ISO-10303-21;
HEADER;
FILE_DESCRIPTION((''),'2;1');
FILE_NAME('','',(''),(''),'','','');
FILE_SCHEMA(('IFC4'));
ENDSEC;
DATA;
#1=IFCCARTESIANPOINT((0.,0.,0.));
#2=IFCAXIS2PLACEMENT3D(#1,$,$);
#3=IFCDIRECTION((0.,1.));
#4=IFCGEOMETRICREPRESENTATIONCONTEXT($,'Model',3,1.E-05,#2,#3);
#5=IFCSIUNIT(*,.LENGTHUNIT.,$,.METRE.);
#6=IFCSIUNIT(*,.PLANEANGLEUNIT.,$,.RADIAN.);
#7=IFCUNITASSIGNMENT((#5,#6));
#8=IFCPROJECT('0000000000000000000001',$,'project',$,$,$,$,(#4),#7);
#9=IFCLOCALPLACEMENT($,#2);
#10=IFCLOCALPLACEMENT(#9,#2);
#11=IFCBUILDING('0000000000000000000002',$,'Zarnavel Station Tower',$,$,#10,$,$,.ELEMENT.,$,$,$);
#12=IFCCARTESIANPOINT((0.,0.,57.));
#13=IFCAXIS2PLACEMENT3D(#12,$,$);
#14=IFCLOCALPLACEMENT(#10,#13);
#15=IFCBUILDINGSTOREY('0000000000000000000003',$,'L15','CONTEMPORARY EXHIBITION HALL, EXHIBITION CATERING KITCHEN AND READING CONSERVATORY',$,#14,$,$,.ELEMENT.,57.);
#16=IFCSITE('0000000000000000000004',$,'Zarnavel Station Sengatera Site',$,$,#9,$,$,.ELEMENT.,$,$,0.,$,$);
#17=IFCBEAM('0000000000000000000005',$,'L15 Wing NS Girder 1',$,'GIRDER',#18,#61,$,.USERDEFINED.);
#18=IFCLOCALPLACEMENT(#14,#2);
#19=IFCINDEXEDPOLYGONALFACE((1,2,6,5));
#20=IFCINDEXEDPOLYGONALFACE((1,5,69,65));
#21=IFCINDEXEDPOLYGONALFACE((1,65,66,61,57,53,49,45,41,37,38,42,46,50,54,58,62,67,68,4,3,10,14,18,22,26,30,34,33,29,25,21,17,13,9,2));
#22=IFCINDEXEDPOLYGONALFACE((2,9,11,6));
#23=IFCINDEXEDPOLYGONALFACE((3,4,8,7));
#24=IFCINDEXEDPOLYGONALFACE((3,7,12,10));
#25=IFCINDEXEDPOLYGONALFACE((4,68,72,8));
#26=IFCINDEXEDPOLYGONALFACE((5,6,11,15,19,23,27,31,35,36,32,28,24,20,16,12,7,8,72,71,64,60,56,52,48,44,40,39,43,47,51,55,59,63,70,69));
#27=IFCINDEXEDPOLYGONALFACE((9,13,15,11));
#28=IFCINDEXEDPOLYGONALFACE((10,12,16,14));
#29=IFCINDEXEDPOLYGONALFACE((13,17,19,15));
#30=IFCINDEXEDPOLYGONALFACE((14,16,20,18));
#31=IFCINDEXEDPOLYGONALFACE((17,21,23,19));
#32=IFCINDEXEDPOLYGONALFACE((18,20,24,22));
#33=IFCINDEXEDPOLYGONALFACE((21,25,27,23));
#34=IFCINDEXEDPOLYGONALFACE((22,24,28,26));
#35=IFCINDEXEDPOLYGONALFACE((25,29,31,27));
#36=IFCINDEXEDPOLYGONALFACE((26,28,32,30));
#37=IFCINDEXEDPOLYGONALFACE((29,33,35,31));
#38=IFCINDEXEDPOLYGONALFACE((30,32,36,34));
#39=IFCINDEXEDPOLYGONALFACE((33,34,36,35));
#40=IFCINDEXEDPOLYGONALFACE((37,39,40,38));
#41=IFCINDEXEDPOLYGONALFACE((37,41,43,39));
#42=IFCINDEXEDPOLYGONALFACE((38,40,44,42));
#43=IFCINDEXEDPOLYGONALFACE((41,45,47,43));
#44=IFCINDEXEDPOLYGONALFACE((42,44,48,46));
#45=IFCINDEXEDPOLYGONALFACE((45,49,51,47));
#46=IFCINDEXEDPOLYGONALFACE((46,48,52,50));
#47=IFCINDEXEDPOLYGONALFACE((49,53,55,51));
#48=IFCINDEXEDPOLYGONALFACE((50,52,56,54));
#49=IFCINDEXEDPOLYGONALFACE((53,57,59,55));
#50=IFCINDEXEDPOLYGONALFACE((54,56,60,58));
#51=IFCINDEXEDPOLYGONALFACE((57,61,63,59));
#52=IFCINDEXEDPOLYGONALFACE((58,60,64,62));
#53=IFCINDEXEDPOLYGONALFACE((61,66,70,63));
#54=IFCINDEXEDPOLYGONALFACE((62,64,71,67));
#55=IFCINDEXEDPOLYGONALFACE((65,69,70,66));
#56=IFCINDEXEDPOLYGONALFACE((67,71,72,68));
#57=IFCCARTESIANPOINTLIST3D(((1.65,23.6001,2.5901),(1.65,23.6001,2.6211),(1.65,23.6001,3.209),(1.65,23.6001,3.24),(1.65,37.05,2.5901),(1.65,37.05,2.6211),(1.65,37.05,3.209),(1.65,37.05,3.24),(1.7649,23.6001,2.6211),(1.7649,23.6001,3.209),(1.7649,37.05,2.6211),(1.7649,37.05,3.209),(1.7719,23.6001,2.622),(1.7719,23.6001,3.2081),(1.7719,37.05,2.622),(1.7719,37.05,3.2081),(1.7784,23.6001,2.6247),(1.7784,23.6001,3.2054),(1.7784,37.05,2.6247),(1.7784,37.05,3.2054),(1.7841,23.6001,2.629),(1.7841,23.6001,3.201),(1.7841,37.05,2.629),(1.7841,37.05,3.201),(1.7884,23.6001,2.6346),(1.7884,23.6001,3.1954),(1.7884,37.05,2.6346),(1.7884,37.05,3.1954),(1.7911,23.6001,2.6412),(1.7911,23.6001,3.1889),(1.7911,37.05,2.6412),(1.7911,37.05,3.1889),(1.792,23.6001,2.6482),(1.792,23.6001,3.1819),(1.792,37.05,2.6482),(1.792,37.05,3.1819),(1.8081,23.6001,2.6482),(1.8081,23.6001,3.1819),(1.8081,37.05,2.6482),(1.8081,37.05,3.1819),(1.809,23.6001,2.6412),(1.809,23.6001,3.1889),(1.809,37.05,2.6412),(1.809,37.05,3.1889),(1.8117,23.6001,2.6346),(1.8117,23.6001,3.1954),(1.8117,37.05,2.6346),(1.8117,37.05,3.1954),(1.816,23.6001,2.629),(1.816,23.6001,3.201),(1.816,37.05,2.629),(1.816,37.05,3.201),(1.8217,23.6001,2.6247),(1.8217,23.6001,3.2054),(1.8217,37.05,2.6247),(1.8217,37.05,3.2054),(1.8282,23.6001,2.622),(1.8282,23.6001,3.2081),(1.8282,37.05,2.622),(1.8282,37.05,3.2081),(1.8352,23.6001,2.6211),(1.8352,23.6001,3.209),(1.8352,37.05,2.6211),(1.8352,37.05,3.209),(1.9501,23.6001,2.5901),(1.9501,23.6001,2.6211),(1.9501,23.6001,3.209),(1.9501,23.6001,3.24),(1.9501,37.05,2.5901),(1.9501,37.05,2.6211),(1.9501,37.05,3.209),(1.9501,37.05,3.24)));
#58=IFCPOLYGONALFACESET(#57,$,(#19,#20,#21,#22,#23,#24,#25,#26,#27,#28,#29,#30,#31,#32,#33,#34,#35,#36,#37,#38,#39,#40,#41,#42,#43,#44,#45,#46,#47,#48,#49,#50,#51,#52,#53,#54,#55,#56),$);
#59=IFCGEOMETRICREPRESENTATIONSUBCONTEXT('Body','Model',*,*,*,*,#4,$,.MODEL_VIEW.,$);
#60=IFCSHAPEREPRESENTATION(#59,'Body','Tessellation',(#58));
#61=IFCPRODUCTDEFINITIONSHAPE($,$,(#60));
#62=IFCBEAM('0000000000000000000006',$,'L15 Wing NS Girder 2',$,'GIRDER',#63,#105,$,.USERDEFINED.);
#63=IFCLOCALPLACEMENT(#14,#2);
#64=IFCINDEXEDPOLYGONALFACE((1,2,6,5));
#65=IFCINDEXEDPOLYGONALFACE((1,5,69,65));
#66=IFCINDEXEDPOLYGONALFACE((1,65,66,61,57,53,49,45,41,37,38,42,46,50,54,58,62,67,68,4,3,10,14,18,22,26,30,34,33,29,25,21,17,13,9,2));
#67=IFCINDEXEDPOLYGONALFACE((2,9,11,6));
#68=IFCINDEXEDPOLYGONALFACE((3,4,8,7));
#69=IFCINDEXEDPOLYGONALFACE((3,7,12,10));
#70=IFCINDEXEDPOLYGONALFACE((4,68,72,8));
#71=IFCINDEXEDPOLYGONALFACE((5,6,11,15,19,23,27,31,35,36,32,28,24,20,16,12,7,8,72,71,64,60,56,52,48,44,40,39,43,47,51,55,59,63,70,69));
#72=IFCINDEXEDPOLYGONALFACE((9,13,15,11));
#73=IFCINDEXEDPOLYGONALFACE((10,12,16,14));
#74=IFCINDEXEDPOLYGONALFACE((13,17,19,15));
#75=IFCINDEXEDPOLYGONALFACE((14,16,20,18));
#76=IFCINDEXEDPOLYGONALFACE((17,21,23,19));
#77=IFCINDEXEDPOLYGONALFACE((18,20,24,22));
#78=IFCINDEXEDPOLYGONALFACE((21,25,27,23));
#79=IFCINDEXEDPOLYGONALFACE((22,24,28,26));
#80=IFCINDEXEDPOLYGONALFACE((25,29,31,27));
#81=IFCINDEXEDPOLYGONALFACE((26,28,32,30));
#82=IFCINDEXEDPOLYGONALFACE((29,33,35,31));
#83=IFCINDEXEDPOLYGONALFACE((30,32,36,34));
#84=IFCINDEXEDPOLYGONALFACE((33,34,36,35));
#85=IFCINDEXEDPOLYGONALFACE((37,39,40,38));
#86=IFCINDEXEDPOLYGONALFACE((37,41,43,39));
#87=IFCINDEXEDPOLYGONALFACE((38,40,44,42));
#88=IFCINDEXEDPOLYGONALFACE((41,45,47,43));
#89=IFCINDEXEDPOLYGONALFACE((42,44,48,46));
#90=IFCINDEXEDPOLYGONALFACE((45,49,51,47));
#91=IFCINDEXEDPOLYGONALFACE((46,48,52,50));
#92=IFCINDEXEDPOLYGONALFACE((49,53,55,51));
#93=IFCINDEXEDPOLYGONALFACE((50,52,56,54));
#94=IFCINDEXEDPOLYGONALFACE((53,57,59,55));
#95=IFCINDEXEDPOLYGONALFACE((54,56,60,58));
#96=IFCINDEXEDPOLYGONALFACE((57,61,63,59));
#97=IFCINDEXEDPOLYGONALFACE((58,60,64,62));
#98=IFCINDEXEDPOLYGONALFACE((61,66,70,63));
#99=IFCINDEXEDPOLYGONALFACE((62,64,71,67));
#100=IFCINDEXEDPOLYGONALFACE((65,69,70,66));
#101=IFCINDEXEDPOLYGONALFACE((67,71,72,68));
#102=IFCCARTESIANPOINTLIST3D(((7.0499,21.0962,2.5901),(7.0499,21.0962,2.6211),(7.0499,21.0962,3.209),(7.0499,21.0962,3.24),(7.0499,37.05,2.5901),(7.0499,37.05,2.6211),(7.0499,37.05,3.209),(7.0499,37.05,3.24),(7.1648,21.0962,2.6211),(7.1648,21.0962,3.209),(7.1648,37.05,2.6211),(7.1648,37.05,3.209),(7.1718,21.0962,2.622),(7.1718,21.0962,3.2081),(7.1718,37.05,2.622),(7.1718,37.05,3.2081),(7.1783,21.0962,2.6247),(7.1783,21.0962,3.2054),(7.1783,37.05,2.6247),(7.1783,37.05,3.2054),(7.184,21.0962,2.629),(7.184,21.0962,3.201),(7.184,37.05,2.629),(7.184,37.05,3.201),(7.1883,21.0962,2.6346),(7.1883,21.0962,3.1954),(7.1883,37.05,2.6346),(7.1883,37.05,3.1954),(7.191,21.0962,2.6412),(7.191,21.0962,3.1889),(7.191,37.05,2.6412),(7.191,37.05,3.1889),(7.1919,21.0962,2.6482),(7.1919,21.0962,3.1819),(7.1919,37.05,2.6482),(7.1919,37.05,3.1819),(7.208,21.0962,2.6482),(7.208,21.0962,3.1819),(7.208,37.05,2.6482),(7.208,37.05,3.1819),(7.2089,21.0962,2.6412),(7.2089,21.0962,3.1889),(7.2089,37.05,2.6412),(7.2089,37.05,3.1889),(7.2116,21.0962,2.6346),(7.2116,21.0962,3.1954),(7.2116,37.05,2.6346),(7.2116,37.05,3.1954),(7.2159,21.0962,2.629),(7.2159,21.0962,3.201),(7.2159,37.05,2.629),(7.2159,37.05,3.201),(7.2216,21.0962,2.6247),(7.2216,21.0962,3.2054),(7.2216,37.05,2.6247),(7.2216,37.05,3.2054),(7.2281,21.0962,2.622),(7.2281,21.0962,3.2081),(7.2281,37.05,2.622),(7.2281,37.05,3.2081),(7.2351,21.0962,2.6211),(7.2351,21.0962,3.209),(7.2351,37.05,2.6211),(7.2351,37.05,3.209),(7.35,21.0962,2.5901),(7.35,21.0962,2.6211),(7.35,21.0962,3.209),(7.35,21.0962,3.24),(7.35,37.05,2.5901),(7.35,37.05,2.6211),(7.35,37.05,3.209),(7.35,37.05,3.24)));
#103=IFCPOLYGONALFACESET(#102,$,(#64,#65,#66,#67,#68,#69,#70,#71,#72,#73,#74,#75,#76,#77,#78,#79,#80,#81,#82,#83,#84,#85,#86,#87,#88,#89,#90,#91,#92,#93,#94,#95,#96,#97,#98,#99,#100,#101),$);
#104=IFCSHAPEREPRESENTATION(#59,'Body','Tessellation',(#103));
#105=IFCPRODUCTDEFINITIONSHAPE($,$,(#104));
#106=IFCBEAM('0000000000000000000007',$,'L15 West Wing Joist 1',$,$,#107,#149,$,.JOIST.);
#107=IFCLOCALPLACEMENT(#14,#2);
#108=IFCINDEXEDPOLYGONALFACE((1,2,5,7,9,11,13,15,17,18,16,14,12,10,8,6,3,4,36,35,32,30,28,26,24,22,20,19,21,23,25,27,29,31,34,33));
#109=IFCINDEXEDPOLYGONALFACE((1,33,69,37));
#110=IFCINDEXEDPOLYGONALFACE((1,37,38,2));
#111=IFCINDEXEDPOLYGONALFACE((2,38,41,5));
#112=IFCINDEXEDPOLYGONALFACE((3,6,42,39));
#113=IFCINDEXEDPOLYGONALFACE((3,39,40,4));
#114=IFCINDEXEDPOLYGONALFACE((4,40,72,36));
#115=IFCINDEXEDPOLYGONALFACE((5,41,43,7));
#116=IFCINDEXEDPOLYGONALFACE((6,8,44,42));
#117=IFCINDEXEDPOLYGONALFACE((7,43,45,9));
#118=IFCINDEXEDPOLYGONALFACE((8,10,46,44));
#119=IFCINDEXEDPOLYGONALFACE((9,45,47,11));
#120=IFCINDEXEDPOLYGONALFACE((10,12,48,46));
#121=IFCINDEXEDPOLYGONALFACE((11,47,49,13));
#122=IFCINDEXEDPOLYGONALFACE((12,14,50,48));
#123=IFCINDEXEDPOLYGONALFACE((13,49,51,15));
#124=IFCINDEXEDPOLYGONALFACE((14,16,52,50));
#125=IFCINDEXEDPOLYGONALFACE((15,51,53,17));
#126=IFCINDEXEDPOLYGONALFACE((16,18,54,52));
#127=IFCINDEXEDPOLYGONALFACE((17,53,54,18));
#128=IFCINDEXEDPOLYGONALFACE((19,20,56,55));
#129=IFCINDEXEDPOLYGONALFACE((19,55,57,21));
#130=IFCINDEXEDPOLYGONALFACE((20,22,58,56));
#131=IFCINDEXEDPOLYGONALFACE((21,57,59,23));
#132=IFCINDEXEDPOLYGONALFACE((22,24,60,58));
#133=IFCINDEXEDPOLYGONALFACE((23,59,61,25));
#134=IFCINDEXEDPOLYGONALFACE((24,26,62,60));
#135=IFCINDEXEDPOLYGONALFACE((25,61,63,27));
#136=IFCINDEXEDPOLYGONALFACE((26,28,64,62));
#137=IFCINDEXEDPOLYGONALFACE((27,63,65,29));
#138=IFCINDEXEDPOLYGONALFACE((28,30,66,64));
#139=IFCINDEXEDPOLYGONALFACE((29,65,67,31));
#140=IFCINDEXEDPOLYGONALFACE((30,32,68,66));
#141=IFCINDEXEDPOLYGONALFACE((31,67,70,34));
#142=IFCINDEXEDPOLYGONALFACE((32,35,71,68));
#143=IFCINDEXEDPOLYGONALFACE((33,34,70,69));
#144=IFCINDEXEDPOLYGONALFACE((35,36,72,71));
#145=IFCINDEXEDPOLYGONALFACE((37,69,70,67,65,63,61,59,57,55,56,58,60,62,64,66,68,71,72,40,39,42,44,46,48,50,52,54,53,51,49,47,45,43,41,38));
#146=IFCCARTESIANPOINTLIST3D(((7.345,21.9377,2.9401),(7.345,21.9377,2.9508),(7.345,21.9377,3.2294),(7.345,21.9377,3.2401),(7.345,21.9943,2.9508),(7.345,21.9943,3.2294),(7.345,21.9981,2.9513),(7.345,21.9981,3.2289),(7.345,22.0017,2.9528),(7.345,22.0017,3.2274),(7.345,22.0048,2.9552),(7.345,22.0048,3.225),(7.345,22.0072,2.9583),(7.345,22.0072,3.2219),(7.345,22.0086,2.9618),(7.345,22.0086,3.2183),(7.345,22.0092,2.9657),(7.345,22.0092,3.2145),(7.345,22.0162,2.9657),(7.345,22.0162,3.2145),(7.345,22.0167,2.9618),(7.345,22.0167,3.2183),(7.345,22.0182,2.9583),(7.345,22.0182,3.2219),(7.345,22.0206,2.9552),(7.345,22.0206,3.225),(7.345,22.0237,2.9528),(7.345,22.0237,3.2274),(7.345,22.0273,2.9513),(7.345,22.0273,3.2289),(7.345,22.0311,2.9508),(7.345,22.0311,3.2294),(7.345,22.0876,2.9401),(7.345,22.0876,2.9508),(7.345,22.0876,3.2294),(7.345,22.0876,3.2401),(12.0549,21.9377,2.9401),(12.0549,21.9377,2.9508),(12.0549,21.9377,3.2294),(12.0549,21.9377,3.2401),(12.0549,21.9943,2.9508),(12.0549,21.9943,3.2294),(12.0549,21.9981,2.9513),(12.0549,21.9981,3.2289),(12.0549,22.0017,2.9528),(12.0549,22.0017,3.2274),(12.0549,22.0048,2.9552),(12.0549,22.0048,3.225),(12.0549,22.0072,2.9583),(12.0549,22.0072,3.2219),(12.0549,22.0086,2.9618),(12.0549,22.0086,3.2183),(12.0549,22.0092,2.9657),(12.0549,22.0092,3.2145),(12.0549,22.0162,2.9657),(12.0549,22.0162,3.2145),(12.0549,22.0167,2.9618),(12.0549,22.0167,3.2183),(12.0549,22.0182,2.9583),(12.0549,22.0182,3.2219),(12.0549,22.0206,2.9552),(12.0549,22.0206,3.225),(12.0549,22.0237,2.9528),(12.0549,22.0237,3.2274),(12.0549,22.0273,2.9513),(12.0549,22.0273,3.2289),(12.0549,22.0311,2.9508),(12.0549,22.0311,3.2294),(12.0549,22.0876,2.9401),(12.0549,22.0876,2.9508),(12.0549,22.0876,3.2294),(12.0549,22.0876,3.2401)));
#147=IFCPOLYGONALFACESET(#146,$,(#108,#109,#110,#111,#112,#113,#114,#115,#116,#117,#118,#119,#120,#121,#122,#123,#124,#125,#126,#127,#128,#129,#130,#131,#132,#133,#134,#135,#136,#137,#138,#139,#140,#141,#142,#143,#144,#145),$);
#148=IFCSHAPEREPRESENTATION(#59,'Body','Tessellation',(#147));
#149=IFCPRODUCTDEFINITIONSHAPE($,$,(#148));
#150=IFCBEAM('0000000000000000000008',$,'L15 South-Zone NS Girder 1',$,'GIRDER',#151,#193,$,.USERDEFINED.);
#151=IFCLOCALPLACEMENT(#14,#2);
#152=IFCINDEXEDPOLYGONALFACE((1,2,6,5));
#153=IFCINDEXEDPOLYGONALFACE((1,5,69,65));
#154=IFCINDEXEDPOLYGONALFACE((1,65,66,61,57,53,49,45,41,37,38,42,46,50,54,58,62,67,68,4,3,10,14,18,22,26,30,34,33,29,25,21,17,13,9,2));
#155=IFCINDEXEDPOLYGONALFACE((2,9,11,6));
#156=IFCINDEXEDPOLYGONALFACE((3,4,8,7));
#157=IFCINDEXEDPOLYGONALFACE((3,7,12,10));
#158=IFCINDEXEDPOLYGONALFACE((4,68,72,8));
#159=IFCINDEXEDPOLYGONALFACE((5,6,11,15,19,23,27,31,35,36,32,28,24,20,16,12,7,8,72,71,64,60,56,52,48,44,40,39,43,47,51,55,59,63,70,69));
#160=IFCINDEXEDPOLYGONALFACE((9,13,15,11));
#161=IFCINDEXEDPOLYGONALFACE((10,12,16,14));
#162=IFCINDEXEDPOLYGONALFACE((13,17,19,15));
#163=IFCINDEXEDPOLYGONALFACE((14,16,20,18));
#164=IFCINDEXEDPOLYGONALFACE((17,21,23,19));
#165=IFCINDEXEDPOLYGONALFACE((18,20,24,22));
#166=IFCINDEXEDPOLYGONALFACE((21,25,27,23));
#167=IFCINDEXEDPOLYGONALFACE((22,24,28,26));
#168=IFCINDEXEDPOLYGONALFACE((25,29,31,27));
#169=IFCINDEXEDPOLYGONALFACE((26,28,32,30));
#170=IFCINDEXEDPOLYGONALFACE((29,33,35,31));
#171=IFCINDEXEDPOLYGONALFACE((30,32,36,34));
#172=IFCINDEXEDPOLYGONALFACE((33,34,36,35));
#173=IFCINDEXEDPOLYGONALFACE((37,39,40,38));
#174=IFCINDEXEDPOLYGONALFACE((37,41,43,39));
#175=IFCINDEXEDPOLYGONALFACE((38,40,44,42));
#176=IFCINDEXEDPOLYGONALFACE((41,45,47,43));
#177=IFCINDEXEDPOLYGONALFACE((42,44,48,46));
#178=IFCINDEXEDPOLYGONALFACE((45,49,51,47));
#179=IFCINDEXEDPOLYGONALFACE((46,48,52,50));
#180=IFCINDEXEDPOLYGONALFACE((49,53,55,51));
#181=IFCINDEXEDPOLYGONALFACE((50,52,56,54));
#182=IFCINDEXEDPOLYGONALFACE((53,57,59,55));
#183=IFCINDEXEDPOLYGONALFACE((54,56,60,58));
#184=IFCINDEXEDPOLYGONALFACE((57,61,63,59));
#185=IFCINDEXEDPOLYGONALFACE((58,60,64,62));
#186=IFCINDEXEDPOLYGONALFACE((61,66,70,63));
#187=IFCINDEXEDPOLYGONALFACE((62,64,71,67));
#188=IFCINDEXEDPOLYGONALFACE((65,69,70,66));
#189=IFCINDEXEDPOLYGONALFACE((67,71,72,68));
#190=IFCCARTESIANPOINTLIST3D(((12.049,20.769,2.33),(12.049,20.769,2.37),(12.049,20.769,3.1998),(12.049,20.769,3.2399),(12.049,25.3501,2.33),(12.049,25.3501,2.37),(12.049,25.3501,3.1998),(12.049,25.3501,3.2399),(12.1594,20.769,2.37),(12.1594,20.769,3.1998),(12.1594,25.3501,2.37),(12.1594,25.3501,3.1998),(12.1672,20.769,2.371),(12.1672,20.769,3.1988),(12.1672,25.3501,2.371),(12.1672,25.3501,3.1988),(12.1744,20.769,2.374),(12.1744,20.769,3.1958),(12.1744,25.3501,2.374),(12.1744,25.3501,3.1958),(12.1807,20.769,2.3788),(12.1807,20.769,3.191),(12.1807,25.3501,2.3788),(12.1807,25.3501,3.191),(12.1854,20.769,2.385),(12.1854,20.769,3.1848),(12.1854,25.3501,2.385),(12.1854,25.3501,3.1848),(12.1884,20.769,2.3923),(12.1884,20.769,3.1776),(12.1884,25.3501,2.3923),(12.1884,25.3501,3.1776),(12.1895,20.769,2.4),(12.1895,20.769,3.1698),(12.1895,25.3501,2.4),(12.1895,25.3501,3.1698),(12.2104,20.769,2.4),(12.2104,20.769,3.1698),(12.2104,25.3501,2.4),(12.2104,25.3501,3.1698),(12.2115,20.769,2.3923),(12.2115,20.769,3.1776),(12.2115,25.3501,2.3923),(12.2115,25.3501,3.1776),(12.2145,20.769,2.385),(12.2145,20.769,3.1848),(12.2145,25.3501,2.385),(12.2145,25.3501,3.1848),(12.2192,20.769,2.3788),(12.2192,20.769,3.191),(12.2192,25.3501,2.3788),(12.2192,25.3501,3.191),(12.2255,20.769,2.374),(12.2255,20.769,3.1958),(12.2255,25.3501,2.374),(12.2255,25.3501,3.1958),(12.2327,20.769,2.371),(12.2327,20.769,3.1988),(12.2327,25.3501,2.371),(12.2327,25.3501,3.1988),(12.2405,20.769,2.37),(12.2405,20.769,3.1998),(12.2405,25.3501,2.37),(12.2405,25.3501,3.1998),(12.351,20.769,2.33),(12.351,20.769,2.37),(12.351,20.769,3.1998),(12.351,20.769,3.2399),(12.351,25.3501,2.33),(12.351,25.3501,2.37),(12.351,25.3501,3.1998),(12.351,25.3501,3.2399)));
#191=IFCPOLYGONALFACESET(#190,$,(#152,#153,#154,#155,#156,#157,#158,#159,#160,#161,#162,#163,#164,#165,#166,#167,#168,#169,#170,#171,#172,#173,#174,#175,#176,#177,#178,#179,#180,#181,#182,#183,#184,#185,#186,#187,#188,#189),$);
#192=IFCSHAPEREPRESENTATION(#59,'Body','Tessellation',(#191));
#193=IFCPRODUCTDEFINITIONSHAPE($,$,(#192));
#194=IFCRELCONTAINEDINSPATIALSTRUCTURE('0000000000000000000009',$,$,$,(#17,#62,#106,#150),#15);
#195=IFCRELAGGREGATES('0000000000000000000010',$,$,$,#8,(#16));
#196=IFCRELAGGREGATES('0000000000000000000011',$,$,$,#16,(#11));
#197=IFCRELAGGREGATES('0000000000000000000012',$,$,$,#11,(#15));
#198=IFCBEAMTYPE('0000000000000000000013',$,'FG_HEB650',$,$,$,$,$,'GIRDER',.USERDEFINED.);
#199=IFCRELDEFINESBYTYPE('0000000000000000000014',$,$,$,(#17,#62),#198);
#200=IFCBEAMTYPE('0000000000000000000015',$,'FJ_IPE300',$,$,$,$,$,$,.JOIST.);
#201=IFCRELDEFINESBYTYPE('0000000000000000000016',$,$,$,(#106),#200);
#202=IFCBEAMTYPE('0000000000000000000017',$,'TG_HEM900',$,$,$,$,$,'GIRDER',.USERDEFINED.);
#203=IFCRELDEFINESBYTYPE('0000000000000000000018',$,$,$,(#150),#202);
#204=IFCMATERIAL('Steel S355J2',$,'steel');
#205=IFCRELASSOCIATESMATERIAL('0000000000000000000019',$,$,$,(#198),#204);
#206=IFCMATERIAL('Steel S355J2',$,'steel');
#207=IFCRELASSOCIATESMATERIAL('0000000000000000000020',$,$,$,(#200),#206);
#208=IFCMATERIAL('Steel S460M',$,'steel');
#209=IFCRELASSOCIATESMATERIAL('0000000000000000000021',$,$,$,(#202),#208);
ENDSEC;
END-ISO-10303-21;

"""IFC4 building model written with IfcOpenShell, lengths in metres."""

from ifc_helpers import new_model, si_unit, direction, frame, origin, origin_2d, place, context, subcontext, project, spatial, i_section, extrude, material, material_profile, profile_set, type_object, element, save


model = new_model("IFC4")

# Units and contexts
model_context = context("Model", 3, precision=1e-05, world=origin(), true_north=direction((0.0, 1.0)))
body_context = subcontext(model_context, "Body", "Model", "MODEL_VIEW")
ifc_project = project(units=[si_unit("LENGTHUNIT", "METRE"), si_unit("PLANEANGLEUNIT", "RADIAN")], contexts=[model_context])

# Site, building, storey
site_placement = place(None, origin())
site = spatial("IfcSite", under=ifc_project, at=site_placement, Name="Zarnavel Station Sengatera Site", CompositionType="ELEMENT", RefElevation=0.0)
building_placement = place(site_placement, origin())
building = spatial("IfcBuilding", under=site, at=building_placement, Name="Zarnavel Station Tower", CompositionType="ELEMENT")
storey_placement = place(building_placement, frame((0.0, 0.0, 57.0)))
storey = spatial("IfcBuildingStorey", under=building, at=storey_placement, Name="L15", Description="CONTEMPORARY EXHIBITION HALL, EXHIBITION CATERING KITCHEN AND READING CONSERVATORY", CompositionType="ELEMENT", Elevation=57.0)

# Beams
ifc_material_1 = material(Name="Steel S355J2", Category="steel")
ifc_material_profile_1 = material_profile(ifc_material_1, i_section(OverallWidth=0.3, OverallDepth=0.6499, WebThickness=0.0161, FlangeThickness=0.031, FilletRadius=0.0271, at=origin_2d()), Name="HEB650")
ifc_profile_set_1 = profile_set([ifc_material_profile_1], Name="Steel S355J2")
beam_type_1 = type_object("IfcBeamType", Name="FG_HEB650", ElementType="GIRDER", PredefinedType="USERDEFINED", material=ifc_profile_set_1)
beam_1_placement = place(storey_placement, frame((1.8, 23.6001, 2.915), z_axis=(0.0, 1.0, 0.0), x_axis=(-1.0, 0.0, 0.0)))
element("IfcBeam", 1, at=beam_1_placement, inside=storey, type_object=beam_type_1, Name="L15 Wing NS Girder 1", ObjectType="GIRDER", PredefinedType="USERDEFINED", context=body_context, shape_type="SweptSolid", body=[
    extrude(i_section(OverallWidth=0.3, OverallDepth=0.6499, WebThickness=0.0161, FlangeThickness=0.031, FilletRadius=0.0271, at=origin_2d()), origin(), (0.0, 0.0, 1.0), 13.45),
])
beam_2_placement = place(storey_placement, frame((7.2, 21.0962, 2.915), z_axis=(0.0, 1.0, 0.0), x_axis=(-1.0, 0.0, 0.0)))
element("IfcBeam", 2, at=beam_2_placement, inside=storey, type_object=beam_type_1, Name="L15 Wing NS Girder 2", ObjectType="GIRDER", PredefinedType="USERDEFINED", context=body_context, shape_type="SweptSolid", body=[
    extrude(i_section(OverallWidth=0.3, OverallDepth=0.6499, WebThickness=0.0161, FlangeThickness=0.031, FilletRadius=0.0271, at=origin_2d()), origin(), (0.0, 0.0, 1.0), 15.9539),
])
ifc_material_2 = material(Name="Steel S355J2", Category="steel")
ifc_material_profile_2 = material_profile(ifc_material_2, i_section(OverallWidth=0.1499, OverallDepth=0.3, WebThickness=0.0071, FlangeThickness=0.0107, FilletRadius=0.0149, at=origin_2d()), Name="IPE300")
ifc_profile_set_2 = profile_set([ifc_material_profile_2], Name="Steel S355J2")
beam_type_2 = type_object("IfcBeamType", Name="FJ_IPE300", PredefinedType="JOIST", material=ifc_profile_set_2)
beam_3_placement = place(storey_placement, frame((7.345, 22.0127, 3.0901), z_axis=(1.0, 0.0, 0.0), x_axis=(0.0, 1.0, 0.0)))
element("IfcBeam", 3, at=beam_3_placement, inside=storey, type_object=beam_type_2, Name="L15 West Wing Joist 1", PredefinedType="JOIST", context=body_context, shape_type="SweptSolid", body=[
    extrude(i_section(OverallWidth=0.1499, OverallDepth=0.3, WebThickness=0.0071, FlangeThickness=0.0107, FilletRadius=0.0149, at=origin_2d()), origin(), (0.0, 0.0, 1.0), 4.71),
])
ifc_material_3 = material(Name="Steel S460M", Category="steel")
ifc_material_profile_3 = material_profile(ifc_material_3, i_section(OverallWidth=0.302, OverallDepth=0.9099, WebThickness=0.021, FlangeThickness=0.04, FilletRadius=0.03, at=origin_2d()), Name="HEM900")
ifc_profile_set_3 = profile_set([ifc_material_profile_3], Name="Steel S460M")
beam_type_3 = type_object("IfcBeamType", Name="TG_HEM900", ElementType="GIRDER", PredefinedType="USERDEFINED", material=ifc_profile_set_3)
beam_4_placement = place(storey_placement, frame((12.2, 20.769, 2.7849), z_axis=(0.0, 1.0, 0.0), x_axis=(-1.0, 0.0, 0.0)))
element("IfcBeam", 4, at=beam_4_placement, inside=storey, type_object=beam_type_3, Name="L15 South-Zone NS Girder 1", ObjectType="GIRDER", PredefinedType="USERDEFINED", context=body_context, shape_type="SweptSolid", body=[
    extrude(i_section(OverallWidth=0.302, OverallDepth=0.9099, WebThickness=0.021, FlangeThickness=0.04, FilletRadius=0.03, at=origin_2d()), origin(), (0.0, 0.0, 1.0), 4.5811),
])

save(model, "model.ifc")
